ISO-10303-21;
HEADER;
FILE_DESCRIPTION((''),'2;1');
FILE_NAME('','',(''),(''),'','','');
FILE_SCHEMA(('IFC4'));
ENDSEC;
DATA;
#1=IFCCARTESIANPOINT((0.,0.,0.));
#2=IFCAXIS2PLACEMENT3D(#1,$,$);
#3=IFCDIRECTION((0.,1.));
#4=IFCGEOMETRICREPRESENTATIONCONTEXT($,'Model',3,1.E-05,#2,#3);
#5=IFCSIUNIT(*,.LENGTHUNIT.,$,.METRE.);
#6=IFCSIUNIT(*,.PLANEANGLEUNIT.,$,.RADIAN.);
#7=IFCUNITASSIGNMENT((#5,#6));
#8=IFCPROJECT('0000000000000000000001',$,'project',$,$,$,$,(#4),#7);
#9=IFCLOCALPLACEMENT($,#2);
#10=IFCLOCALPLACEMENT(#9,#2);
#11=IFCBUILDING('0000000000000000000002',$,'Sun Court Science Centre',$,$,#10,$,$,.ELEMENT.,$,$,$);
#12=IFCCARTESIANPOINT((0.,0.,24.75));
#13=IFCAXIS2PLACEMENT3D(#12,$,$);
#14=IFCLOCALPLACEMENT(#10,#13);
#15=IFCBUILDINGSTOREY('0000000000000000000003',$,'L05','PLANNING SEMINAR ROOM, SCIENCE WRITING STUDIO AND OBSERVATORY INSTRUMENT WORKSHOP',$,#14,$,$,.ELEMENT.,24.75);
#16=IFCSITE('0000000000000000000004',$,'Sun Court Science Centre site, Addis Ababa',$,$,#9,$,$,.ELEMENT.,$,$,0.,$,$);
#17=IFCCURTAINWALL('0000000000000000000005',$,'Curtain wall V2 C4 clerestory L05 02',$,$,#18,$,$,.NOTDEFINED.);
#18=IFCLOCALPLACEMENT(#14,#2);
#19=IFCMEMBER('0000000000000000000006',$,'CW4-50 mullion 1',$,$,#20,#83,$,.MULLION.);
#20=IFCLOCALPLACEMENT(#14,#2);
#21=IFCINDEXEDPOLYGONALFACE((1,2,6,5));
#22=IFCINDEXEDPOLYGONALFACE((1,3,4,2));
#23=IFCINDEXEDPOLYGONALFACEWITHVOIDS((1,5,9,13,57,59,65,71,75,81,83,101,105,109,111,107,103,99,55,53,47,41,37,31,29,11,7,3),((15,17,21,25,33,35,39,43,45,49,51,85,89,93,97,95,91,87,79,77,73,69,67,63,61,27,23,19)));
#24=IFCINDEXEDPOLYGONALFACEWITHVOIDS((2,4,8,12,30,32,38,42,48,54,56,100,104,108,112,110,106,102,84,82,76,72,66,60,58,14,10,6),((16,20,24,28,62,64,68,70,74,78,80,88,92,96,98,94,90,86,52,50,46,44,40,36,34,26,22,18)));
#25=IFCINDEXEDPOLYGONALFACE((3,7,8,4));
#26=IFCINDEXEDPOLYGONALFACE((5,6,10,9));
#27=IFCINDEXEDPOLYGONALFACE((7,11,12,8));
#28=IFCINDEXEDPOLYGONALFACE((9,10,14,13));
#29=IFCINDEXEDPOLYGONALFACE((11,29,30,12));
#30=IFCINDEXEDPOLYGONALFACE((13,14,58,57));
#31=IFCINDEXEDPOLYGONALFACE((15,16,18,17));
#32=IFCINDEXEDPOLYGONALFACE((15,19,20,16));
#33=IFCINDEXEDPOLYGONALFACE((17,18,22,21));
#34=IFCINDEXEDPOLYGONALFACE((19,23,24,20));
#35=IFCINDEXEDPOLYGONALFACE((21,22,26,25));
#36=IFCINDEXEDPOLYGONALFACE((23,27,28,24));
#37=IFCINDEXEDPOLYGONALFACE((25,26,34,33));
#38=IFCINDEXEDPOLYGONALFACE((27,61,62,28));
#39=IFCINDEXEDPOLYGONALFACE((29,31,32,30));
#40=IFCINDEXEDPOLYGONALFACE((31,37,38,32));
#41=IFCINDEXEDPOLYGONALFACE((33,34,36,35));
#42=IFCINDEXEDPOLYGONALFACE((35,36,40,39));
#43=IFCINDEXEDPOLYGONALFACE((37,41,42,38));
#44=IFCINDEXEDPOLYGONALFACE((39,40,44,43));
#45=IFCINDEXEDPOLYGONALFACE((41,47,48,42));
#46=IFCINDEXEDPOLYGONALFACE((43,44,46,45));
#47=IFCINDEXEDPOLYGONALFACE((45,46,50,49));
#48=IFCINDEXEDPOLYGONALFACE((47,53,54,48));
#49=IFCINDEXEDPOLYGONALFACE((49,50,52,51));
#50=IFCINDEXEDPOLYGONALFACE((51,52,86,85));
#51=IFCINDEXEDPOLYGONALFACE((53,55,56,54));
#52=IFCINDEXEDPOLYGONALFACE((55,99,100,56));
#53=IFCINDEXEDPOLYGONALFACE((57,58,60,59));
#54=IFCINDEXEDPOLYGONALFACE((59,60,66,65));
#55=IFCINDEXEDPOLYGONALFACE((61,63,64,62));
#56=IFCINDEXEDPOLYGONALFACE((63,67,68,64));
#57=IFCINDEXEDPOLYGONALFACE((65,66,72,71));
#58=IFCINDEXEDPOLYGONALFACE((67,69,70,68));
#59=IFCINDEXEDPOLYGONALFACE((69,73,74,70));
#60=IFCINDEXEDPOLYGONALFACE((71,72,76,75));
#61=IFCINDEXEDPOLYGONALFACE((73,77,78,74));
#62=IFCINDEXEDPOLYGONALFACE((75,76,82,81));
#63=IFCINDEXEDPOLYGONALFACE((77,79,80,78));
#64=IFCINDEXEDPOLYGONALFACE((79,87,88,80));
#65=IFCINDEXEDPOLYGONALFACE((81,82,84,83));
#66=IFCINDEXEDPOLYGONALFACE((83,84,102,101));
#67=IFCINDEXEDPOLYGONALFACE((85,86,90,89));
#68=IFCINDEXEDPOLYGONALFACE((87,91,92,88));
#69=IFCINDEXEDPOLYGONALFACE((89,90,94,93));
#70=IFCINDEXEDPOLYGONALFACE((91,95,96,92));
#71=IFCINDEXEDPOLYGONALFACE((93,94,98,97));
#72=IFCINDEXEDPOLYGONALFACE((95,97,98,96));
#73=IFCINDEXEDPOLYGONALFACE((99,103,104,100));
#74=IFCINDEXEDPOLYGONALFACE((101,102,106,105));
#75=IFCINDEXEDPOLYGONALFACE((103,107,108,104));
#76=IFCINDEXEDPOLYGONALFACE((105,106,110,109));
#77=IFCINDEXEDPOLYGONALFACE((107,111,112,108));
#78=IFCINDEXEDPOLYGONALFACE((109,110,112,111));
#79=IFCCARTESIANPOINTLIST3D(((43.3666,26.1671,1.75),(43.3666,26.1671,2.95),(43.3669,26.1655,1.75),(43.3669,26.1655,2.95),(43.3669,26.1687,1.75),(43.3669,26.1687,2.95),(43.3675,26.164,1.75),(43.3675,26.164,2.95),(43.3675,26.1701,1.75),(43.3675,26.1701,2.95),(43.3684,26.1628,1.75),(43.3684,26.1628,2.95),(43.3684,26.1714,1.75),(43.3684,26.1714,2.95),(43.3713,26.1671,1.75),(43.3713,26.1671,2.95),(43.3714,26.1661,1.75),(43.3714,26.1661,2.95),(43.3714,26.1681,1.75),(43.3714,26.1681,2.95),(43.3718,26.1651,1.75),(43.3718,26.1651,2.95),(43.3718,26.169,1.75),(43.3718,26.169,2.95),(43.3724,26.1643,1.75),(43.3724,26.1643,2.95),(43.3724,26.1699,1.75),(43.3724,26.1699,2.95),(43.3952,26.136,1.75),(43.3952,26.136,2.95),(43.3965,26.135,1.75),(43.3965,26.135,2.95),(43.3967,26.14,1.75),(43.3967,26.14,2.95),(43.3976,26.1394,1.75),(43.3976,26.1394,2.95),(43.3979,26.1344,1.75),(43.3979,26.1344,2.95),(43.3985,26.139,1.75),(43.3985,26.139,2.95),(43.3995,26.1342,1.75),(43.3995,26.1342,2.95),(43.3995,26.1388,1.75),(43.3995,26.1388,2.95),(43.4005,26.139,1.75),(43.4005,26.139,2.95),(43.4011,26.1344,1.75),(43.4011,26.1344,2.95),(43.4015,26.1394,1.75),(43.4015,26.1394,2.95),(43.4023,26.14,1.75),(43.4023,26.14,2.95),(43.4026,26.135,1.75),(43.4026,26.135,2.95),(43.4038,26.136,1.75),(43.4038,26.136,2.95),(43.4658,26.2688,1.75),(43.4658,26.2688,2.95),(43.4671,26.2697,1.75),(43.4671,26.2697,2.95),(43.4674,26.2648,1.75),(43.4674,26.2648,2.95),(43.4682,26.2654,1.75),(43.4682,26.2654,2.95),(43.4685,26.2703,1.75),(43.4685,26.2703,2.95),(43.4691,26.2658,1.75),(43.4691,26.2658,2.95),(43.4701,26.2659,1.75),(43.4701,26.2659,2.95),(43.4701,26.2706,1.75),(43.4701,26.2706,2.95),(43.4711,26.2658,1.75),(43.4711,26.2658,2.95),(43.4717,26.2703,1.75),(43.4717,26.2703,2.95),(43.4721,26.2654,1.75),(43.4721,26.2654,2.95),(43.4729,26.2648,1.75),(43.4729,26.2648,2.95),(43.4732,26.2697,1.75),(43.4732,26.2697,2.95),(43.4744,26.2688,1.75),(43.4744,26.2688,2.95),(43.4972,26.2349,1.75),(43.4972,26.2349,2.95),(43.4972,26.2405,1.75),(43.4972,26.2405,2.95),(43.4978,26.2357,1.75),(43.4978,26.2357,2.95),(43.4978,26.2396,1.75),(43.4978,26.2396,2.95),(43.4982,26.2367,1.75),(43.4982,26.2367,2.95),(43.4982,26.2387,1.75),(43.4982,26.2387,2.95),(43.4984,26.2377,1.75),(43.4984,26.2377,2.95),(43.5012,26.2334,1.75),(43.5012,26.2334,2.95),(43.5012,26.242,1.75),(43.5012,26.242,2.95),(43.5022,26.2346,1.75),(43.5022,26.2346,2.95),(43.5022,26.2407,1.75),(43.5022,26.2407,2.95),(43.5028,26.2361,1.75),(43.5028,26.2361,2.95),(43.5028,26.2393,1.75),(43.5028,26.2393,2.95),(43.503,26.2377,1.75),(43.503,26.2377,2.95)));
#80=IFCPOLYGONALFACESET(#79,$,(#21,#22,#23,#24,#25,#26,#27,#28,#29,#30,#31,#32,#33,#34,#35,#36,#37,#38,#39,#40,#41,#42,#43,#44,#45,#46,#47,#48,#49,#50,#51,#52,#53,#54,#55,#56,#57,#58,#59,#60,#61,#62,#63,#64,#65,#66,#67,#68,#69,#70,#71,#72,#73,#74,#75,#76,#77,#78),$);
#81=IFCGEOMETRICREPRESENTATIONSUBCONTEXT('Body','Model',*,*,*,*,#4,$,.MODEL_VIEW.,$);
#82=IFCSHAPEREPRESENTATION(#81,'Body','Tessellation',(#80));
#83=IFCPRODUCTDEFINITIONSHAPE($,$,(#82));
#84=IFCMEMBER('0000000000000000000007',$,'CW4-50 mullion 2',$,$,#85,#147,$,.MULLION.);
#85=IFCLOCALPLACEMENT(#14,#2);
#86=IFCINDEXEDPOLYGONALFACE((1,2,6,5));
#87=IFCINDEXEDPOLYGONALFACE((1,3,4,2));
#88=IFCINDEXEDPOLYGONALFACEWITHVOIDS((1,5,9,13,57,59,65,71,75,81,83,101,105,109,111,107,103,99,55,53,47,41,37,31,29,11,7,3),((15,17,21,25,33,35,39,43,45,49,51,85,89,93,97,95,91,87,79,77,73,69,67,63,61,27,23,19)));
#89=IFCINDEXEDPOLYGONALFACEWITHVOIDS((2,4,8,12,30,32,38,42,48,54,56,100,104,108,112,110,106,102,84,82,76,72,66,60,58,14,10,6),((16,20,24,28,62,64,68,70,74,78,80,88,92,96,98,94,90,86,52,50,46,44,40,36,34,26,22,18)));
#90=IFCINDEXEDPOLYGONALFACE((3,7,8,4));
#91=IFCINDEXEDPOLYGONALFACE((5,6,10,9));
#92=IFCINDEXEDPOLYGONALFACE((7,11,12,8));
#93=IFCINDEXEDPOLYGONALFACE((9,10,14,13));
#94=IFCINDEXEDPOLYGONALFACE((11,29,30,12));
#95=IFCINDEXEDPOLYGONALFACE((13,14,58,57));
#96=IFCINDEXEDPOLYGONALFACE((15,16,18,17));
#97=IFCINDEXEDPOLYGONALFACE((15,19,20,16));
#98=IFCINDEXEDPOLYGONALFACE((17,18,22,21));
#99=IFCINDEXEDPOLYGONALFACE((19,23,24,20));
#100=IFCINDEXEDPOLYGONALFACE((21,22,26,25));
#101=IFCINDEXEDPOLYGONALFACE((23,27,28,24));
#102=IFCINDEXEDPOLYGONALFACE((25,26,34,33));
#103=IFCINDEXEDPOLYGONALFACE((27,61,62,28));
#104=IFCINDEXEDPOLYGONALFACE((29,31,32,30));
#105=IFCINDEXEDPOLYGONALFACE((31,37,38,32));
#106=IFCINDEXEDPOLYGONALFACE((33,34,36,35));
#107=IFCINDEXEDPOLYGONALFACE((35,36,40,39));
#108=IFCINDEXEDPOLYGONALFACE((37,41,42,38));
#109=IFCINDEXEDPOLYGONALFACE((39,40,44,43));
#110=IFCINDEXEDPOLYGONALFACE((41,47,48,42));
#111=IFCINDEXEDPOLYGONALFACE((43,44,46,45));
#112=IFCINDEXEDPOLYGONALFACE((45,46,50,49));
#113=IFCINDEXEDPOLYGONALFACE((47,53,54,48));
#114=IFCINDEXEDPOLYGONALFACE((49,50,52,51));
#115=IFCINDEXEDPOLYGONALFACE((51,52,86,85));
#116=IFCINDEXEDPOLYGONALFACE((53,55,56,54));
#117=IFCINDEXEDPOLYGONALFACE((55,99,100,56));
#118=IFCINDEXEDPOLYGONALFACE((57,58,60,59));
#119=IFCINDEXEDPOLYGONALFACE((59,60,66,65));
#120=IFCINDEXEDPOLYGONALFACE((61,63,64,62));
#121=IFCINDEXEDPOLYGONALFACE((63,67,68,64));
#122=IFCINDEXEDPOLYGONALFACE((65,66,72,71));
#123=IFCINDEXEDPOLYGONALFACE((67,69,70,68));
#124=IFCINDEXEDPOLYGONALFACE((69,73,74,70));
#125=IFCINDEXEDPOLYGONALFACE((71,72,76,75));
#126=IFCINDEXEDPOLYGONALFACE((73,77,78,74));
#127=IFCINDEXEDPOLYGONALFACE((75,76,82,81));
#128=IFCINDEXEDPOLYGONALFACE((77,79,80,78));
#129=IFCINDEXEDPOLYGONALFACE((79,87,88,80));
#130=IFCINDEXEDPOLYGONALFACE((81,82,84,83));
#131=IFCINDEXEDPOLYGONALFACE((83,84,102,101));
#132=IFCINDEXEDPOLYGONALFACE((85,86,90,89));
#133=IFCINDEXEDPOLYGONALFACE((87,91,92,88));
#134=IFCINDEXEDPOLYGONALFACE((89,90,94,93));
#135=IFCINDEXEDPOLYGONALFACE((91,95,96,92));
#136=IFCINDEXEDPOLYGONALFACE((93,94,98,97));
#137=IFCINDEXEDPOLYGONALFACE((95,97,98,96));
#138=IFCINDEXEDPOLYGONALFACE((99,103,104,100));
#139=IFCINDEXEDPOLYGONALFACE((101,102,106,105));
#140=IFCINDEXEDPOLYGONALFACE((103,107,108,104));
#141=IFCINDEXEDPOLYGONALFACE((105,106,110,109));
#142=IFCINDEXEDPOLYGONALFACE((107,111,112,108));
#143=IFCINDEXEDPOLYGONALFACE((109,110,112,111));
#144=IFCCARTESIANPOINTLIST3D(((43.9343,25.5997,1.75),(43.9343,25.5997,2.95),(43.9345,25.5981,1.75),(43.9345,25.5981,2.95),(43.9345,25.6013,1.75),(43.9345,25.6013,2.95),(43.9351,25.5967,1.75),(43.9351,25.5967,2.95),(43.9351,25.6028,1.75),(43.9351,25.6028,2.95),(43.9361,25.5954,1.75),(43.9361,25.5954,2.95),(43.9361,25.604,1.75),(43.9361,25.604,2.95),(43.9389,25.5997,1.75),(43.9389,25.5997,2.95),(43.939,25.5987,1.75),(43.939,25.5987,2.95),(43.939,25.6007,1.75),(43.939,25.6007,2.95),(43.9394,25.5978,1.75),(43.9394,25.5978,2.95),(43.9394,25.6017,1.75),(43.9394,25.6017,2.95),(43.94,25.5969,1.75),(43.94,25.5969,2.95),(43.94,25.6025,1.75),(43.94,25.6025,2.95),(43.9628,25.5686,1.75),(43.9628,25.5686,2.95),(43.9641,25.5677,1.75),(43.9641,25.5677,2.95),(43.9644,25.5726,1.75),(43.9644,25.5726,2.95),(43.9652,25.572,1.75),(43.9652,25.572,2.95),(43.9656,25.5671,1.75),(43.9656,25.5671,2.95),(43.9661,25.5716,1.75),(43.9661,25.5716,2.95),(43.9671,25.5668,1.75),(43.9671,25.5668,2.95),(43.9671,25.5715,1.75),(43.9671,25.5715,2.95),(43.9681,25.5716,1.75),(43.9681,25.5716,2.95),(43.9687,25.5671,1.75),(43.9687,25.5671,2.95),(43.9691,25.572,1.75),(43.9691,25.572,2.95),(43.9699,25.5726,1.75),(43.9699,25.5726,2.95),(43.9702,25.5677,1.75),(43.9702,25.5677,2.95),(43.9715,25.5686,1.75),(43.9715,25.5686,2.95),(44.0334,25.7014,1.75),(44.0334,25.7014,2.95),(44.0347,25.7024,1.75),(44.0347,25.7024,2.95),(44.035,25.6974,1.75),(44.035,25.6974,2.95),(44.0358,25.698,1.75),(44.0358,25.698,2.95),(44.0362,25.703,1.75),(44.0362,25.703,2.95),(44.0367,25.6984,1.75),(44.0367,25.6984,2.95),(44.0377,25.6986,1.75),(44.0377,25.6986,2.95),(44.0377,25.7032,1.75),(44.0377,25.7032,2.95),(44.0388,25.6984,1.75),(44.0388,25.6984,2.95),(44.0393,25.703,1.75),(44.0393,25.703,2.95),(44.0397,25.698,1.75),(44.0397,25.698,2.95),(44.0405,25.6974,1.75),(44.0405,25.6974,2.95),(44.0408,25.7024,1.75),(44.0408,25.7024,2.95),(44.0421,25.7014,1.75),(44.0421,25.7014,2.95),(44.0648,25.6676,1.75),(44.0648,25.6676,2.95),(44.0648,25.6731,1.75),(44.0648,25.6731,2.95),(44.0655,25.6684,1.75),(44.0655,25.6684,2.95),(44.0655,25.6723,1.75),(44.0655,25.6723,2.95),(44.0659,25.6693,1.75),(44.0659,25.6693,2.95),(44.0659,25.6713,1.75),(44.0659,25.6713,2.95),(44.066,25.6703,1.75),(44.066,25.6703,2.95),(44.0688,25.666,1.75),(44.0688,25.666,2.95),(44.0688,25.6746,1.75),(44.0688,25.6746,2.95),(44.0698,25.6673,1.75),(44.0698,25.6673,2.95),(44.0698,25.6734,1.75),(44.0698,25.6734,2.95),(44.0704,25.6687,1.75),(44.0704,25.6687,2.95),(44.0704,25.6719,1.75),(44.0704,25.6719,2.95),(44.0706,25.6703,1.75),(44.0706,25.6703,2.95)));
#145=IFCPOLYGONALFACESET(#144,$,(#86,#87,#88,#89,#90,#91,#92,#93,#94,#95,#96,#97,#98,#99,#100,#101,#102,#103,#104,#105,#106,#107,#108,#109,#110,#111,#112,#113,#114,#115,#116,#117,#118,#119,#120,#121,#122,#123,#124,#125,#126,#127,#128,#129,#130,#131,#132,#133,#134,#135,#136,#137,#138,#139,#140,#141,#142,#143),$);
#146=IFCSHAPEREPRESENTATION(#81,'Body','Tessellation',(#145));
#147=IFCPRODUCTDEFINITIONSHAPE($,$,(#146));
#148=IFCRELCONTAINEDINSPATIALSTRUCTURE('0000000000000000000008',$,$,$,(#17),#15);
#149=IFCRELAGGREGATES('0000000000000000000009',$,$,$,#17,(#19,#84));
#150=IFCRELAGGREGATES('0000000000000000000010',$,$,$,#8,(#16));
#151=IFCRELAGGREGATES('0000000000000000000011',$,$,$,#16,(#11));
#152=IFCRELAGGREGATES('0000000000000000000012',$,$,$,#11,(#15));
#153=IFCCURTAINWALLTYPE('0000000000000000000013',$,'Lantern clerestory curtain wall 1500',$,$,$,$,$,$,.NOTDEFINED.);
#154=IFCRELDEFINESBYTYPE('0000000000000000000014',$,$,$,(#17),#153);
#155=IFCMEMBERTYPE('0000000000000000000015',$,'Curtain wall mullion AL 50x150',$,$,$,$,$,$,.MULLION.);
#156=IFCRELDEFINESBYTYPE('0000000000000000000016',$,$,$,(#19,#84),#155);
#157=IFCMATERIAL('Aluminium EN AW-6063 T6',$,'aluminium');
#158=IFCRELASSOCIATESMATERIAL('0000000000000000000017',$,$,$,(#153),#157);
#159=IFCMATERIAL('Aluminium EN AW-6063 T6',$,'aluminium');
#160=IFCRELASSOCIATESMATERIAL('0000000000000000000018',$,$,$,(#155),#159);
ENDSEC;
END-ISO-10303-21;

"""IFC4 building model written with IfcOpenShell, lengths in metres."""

from ifc_helpers import new_model, si_unit, direction, frame, origin, origin_2d, place, context, subcontext, project, spatial, hollow_rectangle, extrude, material, material_profile, profile_set, type_object, element, aggregate, save


model = new_model("IFC4")

# Units and contexts
model_context = context("Model", 3, precision=1e-05, world=origin(), true_north=direction((0.0, 1.0)))
body_context = subcontext(model_context, "Body", "Model", "MODEL_VIEW")
ifc_project = project(units=[si_unit("LENGTHUNIT", "METRE"), si_unit("PLANEANGLEUNIT", "RADIAN")], contexts=[model_context])

# Site, building, storey
site_placement = place(None, origin())
site = spatial("IfcSite", under=ifc_project, at=site_placement, Name="Sun Court Science Centre site, Addis Ababa", CompositionType="ELEMENT", RefElevation=0.0)
building_placement = place(site_placement, origin())
building = spatial("IfcBuilding", under=site, at=building_placement, Name="Sun Court Science Centre", CompositionType="ELEMENT")
storey_placement = place(building_placement, frame((0.0, 0.0, 24.75)))
storey = spatial("IfcBuildingStorey", under=building, at=storey_placement, Name="L05", Description="PLANNING SEMINAR ROOM, SCIENCE WRITING STUDIO AND OBSERVATORY INSTRUMENT WORKSHOP", CompositionType="ELEMENT", Elevation=24.75)

# Curtain wall, members
ifc_material_1 = material(Name="Aluminium EN AW-6063 T6", Category="aluminium")
curtain_wall_type = type_object("IfcCurtainWallType", Name="Lantern clerestory curtain wall 1500", PredefinedType="NOTDEFINED", material=ifc_material_1)
ifc_material_2 = material(Name="Aluminium EN AW-6063 T6", Category="aluminium")
ifc_material_profile_1 = material_profile(ifc_material_2, hollow_rectangle(XDim=0.05, YDim=0.1499, WallThickness=0.0039, InnerFilletRadius=0.0039, OuterFilletRadius=0.0061, at=origin_2d()), Name="AL 50x150x4")
ifc_profile_set_1 = profile_set([ifc_material_profile_1], Name="Aluminium EN AW-6063 T6")
member_type_1 = type_object("IfcMemberType", Name="Curtain wall mullion AL 50x150", PredefinedType="MULLION", material=ifc_profile_set_1)
curtain_wall_1_placement = place(storey_placement, origin())
curtain_wall_1 = element("IfcCurtainWall", 1, at=curtain_wall_1_placement, inside=storey, type_object=curtain_wall_type, Name="Curtain wall V2 C4 clerestory L05 02", PredefinedType="NOTDEFINED")
member_1_placement = place(storey_placement, frame((43.4348, 26.2024, 1.75), z_axis=(0.0, 0.0, 1.0), x_axis=(0.707107, -0.707107, 0.0)))
member_1 = element("IfcMember", 2, at=member_1_placement, type_object=member_type_1, Name="CW4-50 mullion 1", PredefinedType="MULLION", context=body_context, shape_type="SweptSolid", body=[
    extrude(hollow_rectangle(XDim=0.05, YDim=0.1499, WallThickness=0.0039, InnerFilletRadius=0.0039, OuterFilletRadius=0.0061, at=origin_2d()), origin(), (0.0, 0.0, 1.0), 1.2),
])
member_2_placement = place(storey_placement, frame((44.0024, 25.635, 1.75), z_axis=(0.0, 0.0, 1.0), x_axis=(0.707107, -0.707107, 0.0)))
member_2 = element("IfcMember", 3, at=member_2_placement, type_object=member_type_1, Name="CW4-50 mullion 2", PredefinedType="MULLION", context=body_context, shape_type="SweptSolid", body=[
    extrude(hollow_rectangle(XDim=0.05, YDim=0.1499, WallThickness=0.0039, InnerFilletRadius=0.0039, OuterFilletRadius=0.0061, at=origin_2d()), origin(), (0.0, 0.0, 1.0), 1.2),
])

aggregate(curtain_wall_1, [member_1, member_2])

save(model, "model.ifc")
